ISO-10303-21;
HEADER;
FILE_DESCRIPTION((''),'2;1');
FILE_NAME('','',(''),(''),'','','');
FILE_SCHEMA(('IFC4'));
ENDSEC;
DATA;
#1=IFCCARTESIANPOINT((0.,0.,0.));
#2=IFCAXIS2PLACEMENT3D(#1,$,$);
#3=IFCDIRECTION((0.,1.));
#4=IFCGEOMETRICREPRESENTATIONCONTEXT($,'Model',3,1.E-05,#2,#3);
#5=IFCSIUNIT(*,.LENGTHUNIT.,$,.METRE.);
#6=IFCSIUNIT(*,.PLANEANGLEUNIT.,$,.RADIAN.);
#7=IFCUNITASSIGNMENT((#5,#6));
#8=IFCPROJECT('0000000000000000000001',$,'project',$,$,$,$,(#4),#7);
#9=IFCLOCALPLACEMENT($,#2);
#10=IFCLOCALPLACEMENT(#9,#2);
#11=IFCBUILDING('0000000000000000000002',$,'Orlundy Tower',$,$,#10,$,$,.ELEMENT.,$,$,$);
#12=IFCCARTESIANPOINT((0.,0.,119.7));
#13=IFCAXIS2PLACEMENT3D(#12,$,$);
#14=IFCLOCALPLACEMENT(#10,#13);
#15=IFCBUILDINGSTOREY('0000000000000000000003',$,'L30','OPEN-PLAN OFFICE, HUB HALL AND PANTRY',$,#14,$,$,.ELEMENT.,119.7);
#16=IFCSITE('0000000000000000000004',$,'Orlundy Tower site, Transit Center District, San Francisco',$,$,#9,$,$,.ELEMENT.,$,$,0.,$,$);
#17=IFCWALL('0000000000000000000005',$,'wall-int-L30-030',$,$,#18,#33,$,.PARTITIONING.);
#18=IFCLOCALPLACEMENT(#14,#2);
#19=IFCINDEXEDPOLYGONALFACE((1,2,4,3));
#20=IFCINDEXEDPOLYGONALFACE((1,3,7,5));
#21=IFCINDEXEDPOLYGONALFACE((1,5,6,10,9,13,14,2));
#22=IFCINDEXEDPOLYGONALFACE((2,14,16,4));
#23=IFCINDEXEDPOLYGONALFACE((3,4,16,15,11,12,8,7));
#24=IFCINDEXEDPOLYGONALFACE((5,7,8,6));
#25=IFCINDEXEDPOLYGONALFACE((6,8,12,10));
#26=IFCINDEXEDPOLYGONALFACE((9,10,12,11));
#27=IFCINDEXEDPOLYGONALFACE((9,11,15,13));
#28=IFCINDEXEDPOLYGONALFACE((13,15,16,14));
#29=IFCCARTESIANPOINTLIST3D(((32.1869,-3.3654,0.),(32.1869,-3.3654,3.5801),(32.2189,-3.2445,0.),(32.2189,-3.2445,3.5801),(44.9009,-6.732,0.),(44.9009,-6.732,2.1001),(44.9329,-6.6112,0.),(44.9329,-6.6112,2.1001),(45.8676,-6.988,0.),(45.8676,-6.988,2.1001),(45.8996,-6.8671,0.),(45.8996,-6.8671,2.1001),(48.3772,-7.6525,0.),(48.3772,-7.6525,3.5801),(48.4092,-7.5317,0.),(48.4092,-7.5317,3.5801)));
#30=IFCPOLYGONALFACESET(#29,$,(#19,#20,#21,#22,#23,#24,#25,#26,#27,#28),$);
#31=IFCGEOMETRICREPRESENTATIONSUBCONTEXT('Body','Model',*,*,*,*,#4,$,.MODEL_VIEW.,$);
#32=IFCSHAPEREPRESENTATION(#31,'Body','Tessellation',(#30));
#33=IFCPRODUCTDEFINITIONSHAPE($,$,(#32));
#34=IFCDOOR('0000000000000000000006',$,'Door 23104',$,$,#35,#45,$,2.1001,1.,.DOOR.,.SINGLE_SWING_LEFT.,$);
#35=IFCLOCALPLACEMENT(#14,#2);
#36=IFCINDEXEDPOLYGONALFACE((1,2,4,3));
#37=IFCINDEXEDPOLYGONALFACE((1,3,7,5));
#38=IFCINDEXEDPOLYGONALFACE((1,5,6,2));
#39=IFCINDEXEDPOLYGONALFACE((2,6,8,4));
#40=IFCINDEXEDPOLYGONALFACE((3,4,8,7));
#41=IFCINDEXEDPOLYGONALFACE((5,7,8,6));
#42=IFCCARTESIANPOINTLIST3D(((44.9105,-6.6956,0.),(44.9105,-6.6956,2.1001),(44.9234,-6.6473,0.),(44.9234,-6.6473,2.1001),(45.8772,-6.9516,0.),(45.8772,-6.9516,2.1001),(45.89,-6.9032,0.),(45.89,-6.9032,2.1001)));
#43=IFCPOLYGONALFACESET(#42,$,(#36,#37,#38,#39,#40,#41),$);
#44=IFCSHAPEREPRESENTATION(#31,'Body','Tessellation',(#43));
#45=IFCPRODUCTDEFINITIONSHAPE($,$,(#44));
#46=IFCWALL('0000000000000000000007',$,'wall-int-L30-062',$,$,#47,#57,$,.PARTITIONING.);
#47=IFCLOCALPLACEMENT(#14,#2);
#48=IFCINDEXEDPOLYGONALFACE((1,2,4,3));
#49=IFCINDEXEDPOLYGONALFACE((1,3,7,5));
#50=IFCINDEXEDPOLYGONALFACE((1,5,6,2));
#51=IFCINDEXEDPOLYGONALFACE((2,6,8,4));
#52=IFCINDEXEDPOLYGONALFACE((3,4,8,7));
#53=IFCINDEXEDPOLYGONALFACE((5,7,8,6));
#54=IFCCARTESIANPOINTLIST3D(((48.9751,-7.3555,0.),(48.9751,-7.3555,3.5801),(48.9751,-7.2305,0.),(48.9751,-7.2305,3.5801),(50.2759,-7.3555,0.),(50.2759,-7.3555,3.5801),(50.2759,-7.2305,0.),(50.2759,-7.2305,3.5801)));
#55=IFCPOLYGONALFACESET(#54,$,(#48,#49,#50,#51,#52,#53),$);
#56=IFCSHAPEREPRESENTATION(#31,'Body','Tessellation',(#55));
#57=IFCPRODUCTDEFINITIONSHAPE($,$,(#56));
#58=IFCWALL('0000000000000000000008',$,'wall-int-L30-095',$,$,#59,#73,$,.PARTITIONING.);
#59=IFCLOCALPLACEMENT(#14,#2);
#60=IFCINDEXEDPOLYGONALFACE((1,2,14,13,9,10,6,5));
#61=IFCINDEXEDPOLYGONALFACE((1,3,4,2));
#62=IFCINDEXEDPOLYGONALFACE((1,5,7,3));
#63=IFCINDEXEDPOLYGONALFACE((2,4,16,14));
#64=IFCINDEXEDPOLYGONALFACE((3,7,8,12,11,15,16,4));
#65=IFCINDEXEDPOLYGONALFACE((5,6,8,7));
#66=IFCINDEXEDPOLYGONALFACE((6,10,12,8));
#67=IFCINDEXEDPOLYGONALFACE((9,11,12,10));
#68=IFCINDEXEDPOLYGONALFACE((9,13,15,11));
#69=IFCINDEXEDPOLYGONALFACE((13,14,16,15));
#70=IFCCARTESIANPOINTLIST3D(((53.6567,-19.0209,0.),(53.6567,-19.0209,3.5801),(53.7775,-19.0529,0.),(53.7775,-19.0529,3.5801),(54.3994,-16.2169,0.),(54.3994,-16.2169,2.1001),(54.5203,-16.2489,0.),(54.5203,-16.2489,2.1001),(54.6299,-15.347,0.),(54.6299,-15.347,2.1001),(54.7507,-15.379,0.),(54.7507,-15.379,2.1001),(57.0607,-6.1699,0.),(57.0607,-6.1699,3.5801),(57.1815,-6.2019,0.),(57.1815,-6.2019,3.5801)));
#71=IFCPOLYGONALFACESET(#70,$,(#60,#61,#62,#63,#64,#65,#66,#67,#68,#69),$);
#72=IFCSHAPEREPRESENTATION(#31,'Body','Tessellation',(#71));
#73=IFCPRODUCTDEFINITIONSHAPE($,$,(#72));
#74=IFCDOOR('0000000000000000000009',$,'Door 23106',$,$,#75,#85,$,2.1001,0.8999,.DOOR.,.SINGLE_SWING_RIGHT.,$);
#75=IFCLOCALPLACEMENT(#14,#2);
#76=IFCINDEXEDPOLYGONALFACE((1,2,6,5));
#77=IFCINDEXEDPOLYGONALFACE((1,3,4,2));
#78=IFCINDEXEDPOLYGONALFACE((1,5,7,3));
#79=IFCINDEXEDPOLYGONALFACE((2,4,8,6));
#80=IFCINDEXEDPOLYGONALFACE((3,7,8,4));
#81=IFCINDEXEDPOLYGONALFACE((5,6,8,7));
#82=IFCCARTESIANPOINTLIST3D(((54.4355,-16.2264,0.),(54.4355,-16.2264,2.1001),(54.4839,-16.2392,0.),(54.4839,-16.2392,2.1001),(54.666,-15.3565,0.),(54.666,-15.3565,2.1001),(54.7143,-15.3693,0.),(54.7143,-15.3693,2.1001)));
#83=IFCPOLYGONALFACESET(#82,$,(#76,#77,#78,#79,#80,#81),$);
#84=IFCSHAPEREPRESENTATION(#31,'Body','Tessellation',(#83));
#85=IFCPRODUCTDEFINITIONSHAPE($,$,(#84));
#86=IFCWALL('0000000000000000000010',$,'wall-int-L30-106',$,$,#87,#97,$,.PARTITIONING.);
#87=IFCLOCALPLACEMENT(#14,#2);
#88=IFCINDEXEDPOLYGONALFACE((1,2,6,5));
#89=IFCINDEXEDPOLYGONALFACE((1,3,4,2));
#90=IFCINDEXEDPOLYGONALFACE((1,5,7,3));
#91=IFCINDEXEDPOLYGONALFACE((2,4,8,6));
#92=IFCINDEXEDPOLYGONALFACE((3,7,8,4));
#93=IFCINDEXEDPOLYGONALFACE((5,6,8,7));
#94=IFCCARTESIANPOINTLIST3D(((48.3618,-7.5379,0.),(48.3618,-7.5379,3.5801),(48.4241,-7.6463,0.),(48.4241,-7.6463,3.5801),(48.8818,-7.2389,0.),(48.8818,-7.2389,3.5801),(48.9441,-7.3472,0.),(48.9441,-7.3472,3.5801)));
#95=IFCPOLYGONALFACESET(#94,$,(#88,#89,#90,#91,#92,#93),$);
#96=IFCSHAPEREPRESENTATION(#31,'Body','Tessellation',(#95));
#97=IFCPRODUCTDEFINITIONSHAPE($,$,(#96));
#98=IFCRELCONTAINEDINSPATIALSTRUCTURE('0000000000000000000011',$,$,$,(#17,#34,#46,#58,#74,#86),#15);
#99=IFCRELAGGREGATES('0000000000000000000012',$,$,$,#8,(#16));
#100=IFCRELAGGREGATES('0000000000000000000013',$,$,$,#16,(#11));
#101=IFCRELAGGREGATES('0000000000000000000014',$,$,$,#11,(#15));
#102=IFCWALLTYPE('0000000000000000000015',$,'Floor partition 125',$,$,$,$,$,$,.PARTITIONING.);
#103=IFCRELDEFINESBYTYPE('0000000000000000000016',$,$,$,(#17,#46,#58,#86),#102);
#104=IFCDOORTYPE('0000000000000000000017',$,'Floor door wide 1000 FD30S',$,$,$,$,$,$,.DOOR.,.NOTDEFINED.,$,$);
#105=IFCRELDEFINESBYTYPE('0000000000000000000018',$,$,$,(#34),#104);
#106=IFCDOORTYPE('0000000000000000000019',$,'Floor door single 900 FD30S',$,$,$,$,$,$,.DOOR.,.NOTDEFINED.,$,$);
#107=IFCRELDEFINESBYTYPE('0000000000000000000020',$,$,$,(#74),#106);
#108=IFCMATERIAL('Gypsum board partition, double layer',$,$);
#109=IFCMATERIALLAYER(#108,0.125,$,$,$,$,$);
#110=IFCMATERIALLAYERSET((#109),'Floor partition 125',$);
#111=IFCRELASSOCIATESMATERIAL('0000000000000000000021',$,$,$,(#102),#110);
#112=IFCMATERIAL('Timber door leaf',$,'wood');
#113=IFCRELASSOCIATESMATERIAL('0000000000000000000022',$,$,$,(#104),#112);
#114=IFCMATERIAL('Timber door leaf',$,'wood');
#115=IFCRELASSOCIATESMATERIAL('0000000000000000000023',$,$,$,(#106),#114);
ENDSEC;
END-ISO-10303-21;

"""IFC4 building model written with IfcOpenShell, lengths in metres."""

from ifc_helpers import new_model, si_unit, direction, frame, frame_2d, origin, place, context, subcontext, project, spatial, rectangle, extrude, material, layer, layer_set, type_object, element, fill, save


model = new_model("IFC4")

# Units and contexts
model_context = context("Model", 3, precision=1e-05, world=origin(), true_north=direction((0.0, 1.0)))
body_context = subcontext(model_context, "Body", "Model", "MODEL_VIEW")
ifc_project = project(units=[si_unit("LENGTHUNIT", "METRE"), si_unit("PLANEANGLEUNIT", "RADIAN")], contexts=[model_context])

# Site, building, storey
site_placement = place(None, origin())
site = spatial("IfcSite", under=ifc_project, at=site_placement, Name="Orlundy Tower site, Transit Center District, San Francisco", CompositionType="ELEMENT", RefElevation=0.0)
building_placement = place(site_placement, origin())
building = spatial("IfcBuilding", under=site, at=building_placement, Name="Orlundy Tower", CompositionType="ELEMENT")
storey_placement = place(building_placement, frame((0.0, 0.0, 119.7)))
storey = spatial("IfcBuildingStorey", under=building, at=storey_placement, Name="L30", Description="OPEN-PLAN OFFICE, HUB HALL AND PANTRY", CompositionType="ELEMENT", Elevation=119.7)

# Wall, opening, door
ifc_material_1 = material(Name="Gypsum board partition, double layer")
ifc_layer_1 = layer(ifc_material_1, 0.125)
ifc_layer_set_1 = layer_set([ifc_layer_1], Name="Floor partition 125")
wall_type_1 = type_object("IfcWallType", Name="Floor partition 125", PredefinedType="PARTITIONING", material=ifc_layer_set_1)
wall_1_placement = place(storey_placement, frame((48.3931, -7.592, 0.0), z_axis=(0.0, 0.0, 1.0), x_axis=(-0.966683, 0.255975, 0.0)))
wall_1 = element("IfcWall", 1, at=wall_1_placement, inside=storey, type_object=wall_type_1, Name="wall-int-L30-030", PredefinedType="PARTITIONING", context=body_context, shape_type="SweptSolid", body=[
    extrude(rectangle(XDim=16.7483, YDim=0.125, at=frame_2d((8.374, 0.0))), origin(), (0.0, 0.0, 1.0), 3.5801),
])
opening_1_placement = place(wall_1_placement, frame((2.5959, 0.0, 0.0)))
opening_1 = element("IfcOpeningElement", 2, at=opening_1_placement, cuts=wall_1, PredefinedType="OPENING", context=body_context, shape_type="SweptSolid", body=[
    extrude(rectangle(XDim=1.0, YDim=2.1001, at=frame_2d((0.5, 1.05))), frame((0.0, 0.0725, 0.0), z_axis=(0.0, -1.0, 0.0), x_axis=(1.0, 0.0, 0.0)), (0.0, 0.0, 1.0), 0.145),
])
ifc_material_2 = material(Name="Timber door leaf", Category="wood")
door_type_1 = type_object("IfcDoorType", Name="Floor door wide 1000 FD30S", OperationType="NOTDEFINED", PredefinedType="DOOR", material=ifc_material_2)
door_1_placement = place(opening_1_placement, origin())
door_1 = element("IfcDoor", 3, at=door_1_placement, inside=storey, type_object=door_type_1, Name="Door 23104", OperationType="SINGLE_SWING_LEFT", OverallHeight=2.1001, OverallWidth=1.0, PredefinedType="DOOR", context=body_context, shape_type="SweptSolid", body=[
    extrude(rectangle(XDim=1.0, YDim=2.1001, at=frame_2d((0.5, 1.05))), frame((0.0, 0.0249, 0.0), z_axis=(0.0, -1.0, 0.0), x_axis=(1.0, 0.0, 0.0)), (0.0, 0.0, 1.0), 0.05),
])
fill(opening_1, door_1)

# Wall
wall_2_placement = place(storey_placement, frame((48.9751, -7.293, 0.0), z_axis=(0.0, 0.0, 1.0), x_axis=(1.0, 0.0, 0.0)))
element("IfcWall", 4, at=wall_2_placement, inside=storey, type_object=wall_type_1, Name="wall-int-L30-062", PredefinedType="PARTITIONING", context=body_context, shape_type="SweptSolid", body=[
    extrude(rectangle(XDim=1.3008, YDim=0.125, at=frame_2d((0.6504, 0.0))), origin(), (0.0, 0.0, 1.0), 3.5801),
])

# Wall, opening, door
wall_3_placement = place(storey_placement, frame((57.1211, -6.186, 0.0), z_axis=(0.0, 0.0, 1.0), x_axis=(-0.256054, -0.966662, 0.0)))
wall_3 = element("IfcWall", 5, at=wall_3_placement, inside=storey, type_object=wall_type_1, Name="wall-int-L30-095", PredefinedType="PARTITIONING", context=body_context, shape_type="SweptSolid", body=[
    extrude(rectangle(XDim=13.2942, YDim=0.125, at=frame_2d((6.647, 0.0))), origin(), (0.0, 0.0, 1.0), 3.5801),
])
opening_2_placement = place(wall_3_placement, frame((9.4934, 0.0, 0.0)))
opening_2 = element("IfcOpeningElement", 6, at=opening_2_placement, cuts=wall_3, PredefinedType="OPENING", context=body_context, shape_type="SweptSolid", body=[
    extrude(rectangle(XDim=0.8999, YDim=2.1001, at=frame_2d((0.45, 1.05))), frame((0.0, 0.0725, 0.0), z_axis=(0.0, -1.0, 0.0), x_axis=(1.0, 0.0, 0.0)), (0.0, 0.0, 1.0), 0.145),
])
ifc_material_3 = material(Name="Timber door leaf", Category="wood")
door_type_2 = type_object("IfcDoorType", Name="Floor door single 900 FD30S", OperationType="NOTDEFINED", PredefinedType="DOOR", material=ifc_material_3)
door_2_placement = place(opening_2_placement, origin())
door_2 = element("IfcDoor", 7, at=door_2_placement, inside=storey, type_object=door_type_2, Name="Door 23106", OperationType="SINGLE_SWING_RIGHT", OverallHeight=2.1001, OverallWidth=0.8999, PredefinedType="DOOR", context=body_context, shape_type="SweptSolid", body=[
    extrude(rectangle(XDim=0.8999, YDim=2.1001, at=frame_2d((0.45, 1.05))), frame((0.0, 0.0249, 0.0), z_axis=(0.0, -1.0, 0.0), x_axis=(1.0, 0.0, 0.0)), (0.0, 0.0, 1.0), 0.05),
])
fill(opening_2, door_2)

# Wall
wall_4_placement = place(storey_placement, frame((48.3931, -7.592, 0.0), z_axis=(0.0, 0.0, 1.0), x_axis=(0.866862, 0.498548, 0.0)))
element("IfcWall", 8, at=wall_4_placement, inside=storey, type_object=wall_type_1, Name="wall-int-L30-106", PredefinedType="PARTITIONING", context=body_context, shape_type="SweptSolid", body=[
    extrude(rectangle(XDim=0.5999, YDim=0.125, at=frame_2d((0.2998, 0.0))), origin(), (0.0, 0.0, 1.0), 3.5801),
])

save(model, "model.ifc")
